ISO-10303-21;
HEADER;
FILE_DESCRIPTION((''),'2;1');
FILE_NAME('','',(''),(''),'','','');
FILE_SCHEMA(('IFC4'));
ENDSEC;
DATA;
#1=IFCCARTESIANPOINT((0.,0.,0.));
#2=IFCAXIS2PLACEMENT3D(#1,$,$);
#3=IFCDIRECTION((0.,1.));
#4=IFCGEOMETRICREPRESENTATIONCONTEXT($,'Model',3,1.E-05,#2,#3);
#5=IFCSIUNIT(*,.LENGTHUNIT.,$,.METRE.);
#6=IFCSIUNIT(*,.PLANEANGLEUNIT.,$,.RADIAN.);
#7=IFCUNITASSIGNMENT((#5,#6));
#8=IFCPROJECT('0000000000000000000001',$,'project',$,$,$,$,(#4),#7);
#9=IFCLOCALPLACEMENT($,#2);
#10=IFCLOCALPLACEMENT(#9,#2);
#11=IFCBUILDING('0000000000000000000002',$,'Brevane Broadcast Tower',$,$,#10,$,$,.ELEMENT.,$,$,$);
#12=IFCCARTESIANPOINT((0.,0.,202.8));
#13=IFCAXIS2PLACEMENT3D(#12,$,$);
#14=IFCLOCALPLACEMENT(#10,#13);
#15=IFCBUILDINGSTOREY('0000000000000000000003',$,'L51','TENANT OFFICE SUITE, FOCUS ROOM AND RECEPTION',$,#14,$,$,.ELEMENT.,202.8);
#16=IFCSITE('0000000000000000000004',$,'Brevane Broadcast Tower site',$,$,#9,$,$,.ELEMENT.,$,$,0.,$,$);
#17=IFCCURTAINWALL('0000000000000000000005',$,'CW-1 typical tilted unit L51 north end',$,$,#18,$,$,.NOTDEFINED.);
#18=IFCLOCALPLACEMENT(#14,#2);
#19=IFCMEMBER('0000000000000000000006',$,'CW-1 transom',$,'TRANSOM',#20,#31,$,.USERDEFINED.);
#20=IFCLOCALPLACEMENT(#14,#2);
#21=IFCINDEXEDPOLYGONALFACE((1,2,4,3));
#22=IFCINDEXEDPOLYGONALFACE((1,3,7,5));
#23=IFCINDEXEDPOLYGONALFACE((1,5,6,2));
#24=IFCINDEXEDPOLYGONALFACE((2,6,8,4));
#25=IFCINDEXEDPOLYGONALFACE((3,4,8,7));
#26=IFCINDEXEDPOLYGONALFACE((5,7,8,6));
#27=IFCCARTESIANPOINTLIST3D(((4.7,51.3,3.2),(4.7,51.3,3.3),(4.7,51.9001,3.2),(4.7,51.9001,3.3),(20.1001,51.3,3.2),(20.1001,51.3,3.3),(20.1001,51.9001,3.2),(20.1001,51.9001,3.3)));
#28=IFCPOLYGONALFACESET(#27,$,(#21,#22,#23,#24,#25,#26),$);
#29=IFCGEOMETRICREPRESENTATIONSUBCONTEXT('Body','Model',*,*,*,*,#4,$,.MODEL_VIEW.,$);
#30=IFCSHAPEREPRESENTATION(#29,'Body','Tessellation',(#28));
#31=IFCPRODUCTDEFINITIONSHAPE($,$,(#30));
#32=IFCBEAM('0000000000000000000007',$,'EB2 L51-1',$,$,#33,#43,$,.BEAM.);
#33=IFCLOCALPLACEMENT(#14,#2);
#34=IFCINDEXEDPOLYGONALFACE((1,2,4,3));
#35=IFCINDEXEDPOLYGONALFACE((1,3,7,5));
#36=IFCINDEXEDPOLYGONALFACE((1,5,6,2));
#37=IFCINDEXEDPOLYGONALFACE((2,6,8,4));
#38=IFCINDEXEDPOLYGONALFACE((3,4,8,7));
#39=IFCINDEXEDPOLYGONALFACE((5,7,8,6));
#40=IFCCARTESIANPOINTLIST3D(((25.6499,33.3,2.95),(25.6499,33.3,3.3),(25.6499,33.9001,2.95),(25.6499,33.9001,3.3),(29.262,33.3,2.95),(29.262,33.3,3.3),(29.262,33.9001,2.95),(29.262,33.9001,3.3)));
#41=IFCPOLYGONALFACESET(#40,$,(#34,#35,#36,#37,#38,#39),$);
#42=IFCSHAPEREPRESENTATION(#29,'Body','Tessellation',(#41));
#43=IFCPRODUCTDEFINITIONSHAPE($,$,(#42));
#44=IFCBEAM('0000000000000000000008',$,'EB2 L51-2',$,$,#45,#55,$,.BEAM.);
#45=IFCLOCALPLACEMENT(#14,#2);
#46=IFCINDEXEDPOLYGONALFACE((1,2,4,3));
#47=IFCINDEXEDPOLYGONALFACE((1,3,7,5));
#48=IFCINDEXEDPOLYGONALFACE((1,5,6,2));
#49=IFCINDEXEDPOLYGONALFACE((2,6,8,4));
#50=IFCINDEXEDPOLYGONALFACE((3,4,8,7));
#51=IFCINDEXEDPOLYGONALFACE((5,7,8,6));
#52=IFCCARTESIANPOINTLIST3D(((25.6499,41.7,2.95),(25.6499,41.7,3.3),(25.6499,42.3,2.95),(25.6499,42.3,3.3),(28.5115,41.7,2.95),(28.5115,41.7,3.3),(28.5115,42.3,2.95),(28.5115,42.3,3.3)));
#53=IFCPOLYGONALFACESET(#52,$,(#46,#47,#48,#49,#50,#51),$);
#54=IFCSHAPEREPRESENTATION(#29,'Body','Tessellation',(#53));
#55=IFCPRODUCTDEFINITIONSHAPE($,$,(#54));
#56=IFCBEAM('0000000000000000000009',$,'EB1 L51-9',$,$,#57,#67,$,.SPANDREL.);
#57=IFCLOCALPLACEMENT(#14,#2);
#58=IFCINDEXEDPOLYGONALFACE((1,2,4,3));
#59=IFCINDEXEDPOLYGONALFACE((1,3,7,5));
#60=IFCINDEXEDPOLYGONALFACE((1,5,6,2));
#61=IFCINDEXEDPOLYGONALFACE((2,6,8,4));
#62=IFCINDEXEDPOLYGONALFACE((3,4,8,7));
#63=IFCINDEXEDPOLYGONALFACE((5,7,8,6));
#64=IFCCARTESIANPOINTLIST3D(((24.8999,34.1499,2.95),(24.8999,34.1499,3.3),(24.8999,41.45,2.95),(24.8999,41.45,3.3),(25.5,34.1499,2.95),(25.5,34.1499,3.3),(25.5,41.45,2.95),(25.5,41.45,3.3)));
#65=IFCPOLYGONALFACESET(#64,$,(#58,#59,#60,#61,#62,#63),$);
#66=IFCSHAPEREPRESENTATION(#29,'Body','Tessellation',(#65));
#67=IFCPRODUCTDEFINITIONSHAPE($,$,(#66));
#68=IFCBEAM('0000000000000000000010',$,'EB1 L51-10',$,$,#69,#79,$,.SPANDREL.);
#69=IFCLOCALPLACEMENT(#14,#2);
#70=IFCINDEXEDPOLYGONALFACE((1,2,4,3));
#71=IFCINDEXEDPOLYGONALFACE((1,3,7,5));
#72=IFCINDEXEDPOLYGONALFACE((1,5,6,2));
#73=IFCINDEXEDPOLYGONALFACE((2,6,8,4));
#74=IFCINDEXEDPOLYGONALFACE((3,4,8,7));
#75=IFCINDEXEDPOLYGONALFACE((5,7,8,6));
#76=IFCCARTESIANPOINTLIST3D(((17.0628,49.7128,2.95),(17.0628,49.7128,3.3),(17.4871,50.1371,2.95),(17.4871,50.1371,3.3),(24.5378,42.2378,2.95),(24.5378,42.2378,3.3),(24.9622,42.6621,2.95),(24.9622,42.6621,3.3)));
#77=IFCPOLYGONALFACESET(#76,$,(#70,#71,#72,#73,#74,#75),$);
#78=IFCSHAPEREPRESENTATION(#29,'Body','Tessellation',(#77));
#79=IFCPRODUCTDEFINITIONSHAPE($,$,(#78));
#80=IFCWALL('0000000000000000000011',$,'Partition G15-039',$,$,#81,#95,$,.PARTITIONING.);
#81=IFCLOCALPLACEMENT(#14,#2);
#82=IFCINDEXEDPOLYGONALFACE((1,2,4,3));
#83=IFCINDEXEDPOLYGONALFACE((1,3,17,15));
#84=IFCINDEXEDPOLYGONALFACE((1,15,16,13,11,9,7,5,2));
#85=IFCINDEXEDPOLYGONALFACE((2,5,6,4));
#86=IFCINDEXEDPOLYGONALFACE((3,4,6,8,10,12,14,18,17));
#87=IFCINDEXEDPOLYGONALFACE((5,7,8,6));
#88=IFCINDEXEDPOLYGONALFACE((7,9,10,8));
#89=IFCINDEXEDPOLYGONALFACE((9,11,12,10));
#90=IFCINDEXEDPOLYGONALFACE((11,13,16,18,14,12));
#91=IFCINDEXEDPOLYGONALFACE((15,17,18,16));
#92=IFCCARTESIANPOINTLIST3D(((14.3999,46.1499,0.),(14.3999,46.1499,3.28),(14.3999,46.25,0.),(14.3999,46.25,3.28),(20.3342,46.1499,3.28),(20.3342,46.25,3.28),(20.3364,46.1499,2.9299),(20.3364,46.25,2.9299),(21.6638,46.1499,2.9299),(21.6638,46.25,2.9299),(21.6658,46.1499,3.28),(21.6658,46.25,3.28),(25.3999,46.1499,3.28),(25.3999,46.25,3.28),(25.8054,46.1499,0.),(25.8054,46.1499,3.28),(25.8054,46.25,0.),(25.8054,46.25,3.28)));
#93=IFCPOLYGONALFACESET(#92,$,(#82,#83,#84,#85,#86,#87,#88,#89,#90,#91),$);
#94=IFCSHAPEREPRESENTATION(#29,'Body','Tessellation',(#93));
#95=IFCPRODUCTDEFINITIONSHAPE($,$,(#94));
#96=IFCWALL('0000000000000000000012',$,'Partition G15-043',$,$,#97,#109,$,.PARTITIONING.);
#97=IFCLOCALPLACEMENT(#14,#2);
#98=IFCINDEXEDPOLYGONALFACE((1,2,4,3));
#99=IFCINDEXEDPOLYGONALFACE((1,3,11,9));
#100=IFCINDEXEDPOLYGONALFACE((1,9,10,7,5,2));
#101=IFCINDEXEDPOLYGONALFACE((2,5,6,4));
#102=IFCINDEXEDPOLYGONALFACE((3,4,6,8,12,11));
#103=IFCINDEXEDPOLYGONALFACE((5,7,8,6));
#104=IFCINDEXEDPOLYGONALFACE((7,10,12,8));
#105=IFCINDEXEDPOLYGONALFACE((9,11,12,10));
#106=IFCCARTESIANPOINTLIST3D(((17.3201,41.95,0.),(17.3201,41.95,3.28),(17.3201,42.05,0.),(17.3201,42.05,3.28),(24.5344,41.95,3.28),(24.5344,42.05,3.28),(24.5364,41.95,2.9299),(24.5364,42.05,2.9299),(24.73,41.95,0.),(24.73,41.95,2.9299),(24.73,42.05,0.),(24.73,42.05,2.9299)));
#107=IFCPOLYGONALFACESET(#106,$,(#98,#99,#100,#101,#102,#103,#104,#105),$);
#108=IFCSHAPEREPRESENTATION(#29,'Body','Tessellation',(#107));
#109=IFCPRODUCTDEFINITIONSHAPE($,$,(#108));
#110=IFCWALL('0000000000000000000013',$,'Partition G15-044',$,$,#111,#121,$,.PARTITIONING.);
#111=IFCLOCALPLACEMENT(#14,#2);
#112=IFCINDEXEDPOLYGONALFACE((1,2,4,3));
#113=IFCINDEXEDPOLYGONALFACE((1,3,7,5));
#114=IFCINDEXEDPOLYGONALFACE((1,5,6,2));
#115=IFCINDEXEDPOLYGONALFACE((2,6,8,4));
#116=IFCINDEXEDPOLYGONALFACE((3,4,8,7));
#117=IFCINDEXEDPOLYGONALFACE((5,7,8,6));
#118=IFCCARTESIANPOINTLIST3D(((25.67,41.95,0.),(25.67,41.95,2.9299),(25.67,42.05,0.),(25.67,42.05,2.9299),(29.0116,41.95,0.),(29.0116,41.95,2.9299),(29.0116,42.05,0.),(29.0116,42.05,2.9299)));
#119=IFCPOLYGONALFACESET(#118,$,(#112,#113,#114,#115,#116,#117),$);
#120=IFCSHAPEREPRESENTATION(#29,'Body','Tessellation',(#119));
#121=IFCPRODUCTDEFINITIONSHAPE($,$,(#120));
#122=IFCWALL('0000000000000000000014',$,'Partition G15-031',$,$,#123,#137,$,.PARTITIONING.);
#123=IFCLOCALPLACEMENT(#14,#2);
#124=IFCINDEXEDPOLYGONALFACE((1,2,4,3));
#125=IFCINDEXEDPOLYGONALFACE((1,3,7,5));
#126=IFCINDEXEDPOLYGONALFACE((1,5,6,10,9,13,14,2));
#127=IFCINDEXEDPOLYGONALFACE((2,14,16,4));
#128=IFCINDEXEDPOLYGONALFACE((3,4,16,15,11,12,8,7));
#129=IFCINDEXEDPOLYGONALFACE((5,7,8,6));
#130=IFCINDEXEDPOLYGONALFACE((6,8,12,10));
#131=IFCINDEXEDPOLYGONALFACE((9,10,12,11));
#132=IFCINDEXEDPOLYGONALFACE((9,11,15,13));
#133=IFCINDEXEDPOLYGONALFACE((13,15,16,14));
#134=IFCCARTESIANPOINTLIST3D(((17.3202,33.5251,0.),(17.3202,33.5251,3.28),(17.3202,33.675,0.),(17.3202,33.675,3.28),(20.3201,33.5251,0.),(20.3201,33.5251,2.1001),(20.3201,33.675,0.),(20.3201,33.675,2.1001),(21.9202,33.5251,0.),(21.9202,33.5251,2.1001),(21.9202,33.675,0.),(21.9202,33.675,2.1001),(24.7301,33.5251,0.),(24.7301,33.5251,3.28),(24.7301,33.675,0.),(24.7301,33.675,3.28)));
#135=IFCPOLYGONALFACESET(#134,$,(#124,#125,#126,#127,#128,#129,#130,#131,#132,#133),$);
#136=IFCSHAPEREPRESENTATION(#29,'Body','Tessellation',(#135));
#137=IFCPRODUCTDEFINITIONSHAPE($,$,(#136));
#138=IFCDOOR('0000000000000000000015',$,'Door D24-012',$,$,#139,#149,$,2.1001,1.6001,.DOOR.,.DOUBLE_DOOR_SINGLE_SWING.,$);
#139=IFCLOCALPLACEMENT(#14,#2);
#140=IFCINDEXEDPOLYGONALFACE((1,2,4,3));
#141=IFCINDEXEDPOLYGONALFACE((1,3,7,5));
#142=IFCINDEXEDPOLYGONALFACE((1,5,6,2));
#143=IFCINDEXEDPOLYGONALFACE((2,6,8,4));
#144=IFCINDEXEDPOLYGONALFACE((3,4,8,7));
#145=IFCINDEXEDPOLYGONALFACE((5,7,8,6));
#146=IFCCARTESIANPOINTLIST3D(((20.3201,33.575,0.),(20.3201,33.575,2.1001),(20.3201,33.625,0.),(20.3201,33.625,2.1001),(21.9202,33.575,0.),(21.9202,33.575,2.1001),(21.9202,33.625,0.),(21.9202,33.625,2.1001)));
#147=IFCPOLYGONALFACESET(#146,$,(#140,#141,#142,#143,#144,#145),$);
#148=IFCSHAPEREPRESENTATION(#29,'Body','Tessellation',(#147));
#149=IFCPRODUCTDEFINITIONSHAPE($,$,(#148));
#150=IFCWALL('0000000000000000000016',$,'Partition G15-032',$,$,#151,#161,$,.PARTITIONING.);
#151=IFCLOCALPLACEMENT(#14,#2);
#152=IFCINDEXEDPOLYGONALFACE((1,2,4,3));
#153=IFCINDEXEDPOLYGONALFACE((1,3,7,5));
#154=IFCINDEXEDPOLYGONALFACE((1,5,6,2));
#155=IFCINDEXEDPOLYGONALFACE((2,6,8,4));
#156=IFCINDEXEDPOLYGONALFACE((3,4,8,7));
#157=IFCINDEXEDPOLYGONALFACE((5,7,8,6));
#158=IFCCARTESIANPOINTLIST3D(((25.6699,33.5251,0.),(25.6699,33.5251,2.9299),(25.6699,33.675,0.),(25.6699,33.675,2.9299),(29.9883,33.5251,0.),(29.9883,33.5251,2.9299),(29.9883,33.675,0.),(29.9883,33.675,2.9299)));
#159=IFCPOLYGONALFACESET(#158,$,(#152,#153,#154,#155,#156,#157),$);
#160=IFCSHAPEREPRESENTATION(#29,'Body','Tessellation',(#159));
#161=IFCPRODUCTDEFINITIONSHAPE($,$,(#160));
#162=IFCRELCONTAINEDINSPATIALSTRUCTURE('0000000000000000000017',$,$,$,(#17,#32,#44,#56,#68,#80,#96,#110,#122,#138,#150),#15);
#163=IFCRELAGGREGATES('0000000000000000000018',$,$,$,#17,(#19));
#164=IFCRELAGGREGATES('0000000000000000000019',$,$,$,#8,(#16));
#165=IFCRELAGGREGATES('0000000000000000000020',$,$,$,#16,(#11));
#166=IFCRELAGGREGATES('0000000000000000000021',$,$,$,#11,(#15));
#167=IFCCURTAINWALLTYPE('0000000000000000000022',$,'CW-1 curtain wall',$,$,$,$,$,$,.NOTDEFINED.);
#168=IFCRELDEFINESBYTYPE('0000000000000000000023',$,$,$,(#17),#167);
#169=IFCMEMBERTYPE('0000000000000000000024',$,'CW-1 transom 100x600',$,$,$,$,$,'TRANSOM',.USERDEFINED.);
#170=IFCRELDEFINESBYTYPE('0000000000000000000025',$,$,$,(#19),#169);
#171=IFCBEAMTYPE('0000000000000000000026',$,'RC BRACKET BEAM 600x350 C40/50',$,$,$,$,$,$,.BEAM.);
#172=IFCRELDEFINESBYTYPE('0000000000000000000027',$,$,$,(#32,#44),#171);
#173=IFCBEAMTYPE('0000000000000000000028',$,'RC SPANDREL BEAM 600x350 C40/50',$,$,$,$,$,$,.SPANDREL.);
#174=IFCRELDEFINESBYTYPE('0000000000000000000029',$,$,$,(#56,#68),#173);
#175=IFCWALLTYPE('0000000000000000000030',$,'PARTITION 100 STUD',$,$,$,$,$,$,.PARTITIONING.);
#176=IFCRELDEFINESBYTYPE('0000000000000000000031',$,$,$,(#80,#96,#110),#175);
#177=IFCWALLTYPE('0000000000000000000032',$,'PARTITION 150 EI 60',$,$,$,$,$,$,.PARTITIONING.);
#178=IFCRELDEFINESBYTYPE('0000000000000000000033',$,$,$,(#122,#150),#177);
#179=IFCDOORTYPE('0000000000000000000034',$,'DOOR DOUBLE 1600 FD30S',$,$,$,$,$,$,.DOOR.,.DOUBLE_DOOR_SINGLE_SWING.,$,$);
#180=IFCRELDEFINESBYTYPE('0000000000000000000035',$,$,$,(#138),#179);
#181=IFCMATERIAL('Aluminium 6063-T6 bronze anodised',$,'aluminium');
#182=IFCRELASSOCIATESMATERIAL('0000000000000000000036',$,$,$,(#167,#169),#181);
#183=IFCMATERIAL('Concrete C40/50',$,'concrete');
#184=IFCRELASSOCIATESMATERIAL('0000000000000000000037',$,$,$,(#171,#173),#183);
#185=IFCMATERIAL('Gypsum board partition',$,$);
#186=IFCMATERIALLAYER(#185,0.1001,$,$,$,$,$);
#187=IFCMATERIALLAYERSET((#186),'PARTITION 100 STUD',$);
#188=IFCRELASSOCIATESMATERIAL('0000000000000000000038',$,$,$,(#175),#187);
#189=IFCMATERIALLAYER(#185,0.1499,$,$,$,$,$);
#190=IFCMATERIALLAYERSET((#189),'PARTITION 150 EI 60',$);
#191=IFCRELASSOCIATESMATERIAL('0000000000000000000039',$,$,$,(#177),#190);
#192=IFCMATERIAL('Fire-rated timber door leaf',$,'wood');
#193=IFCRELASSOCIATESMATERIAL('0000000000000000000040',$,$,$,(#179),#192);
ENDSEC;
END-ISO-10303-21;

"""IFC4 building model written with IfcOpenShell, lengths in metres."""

from ifc_helpers import new_model, si_unit, direction, frame, frame_2d, origin, origin_2d, place, context, subcontext, project, spatial, polyline, rectangle, outline, extrude, material, layer, layer_set, material_profile, profile_set, type_object, element, fill, aggregate, save


model = new_model("IFC4")

# Units and contexts
model_context = context("Model", 3, precision=1e-05, world=origin(), true_north=direction((0.0, 1.0)))
body_context = subcontext(model_context, "Body", "Model", "MODEL_VIEW")
ifc_project = project(units=[si_unit("LENGTHUNIT", "METRE"), si_unit("PLANEANGLEUNIT", "RADIAN")], contexts=[model_context])

# Site, building, storey
site_placement = place(None, origin())
site = spatial("IfcSite", under=ifc_project, at=site_placement, Name="Brevane Broadcast Tower site", CompositionType="ELEMENT", RefElevation=0.0)
building_placement = place(site_placement, origin())
building = spatial("IfcBuilding", under=site, at=building_placement, Name="Brevane Broadcast Tower", CompositionType="ELEMENT")
storey_placement = place(building_placement, frame((0.0, 0.0, 202.8)))
storey = spatial("IfcBuildingStorey", under=building, at=storey_placement, Name="L51", Description="TENANT OFFICE SUITE, FOCUS ROOM AND RECEPTION", CompositionType="ELEMENT", Elevation=202.8)

# Shared definitions
ifc_material_1 = material(Name="Aluminium 6063-T6 bronze anodised", Category="aluminium")
curtain_wall_type = type_object("IfcCurtainWallType", Name="CW-1 curtain wall", PredefinedType="NOTDEFINED", material=ifc_material_1)

# Curtain wall
curtain_wall_1_placement = place(storey_placement, origin())
curtain_wall_1 = element("IfcCurtainWall", 1, at=curtain_wall_1_placement, inside=storey, type_object=curtain_wall_type, Name="CW-1 typical tilted unit L51 north end", PredefinedType="NOTDEFINED")

# Member
ifc_material_profile_1 = material_profile(ifc_material_1, rectangle(XDim=0.6001, YDim=0.1001, at=origin_2d()), Name="RECT 100x600")
ifc_profile_set_1 = profile_set([ifc_material_profile_1], Name="Aluminium 6063-T6 bronze anodised")
member_type_1 = type_object("IfcMemberType", Name="CW-1 transom 100x600", ElementType="TRANSOM", PredefinedType="USERDEFINED", material=ifc_profile_set_1)
member_1_placement = place(storey_placement, frame((20.1001, 51.6001, 3.25), z_axis=(-1.0, 0.0, 0.0), x_axis=(0.0, -1.0, 0.0)))
member_1 = element("IfcMember", 2, at=member_1_placement, type_object=member_type_1, Name="CW-1 transom", ObjectType="TRANSOM", PredefinedType="USERDEFINED", context=body_context, shape_type="SweptSolid", body=[
    extrude(rectangle(XDim=0.6001, YDim=0.1001, at=origin_2d()), origin(), (0.0, 0.0, 1.0), 15.4001),
])
aggregate(curtain_wall_1, [member_1])

# Beams
ifc_material_2 = material(Name="Concrete C40/50", Category="concrete")
ifc_material_profile_2 = material_profile(ifc_material_2, rectangle(XDim=0.6001, YDim=0.3501, at=origin_2d()), Name="RC 600x350")
ifc_profile_set_2 = profile_set([ifc_material_profile_2], Name="Concrete C40/50")
beam_type_1 = type_object("IfcBeamType", Name="RC BRACKET BEAM 600x350 C40/50", PredefinedType="BEAM", material=ifc_profile_set_2)
beam_1_placement = place(storey_placement, frame((25.6499, 33.6001, 3.125), z_axis=(1.0, 0.0, 0.0), x_axis=(0.0, 1.0, 0.0)))
element("IfcBeam", 3, at=beam_1_placement, inside=storey, type_object=beam_type_1, Name="EB2 L51-1", PredefinedType="BEAM", context=body_context, shape_type="SweptSolid", body=[
    extrude(rectangle(XDim=0.6001, YDim=0.3501, at=origin_2d()), origin(), (0.0, 0.0, 1.0), 3.6121),
])
beam_2_placement = place(storey_placement, frame((25.6499, 42.0, 3.125), z_axis=(1.0, 0.0, 0.0), x_axis=(0.0, 1.0, 0.0)))
element("IfcBeam", 4, at=beam_2_placement, inside=storey, type_object=beam_type_1, Name="EB2 L51-2", PredefinedType="BEAM", context=body_context, shape_type="SweptSolid", body=[
    extrude(rectangle(XDim=0.6001, YDim=0.3501, at=origin_2d()), origin(), (0.0, 0.0, 1.0), 2.8616),
])
ifc_material_profile_3 = material_profile(ifc_material_2, rectangle(XDim=0.6001, YDim=0.3501, at=origin_2d()), Name="RC 600x350")
ifc_profile_set_3 = profile_set([ifc_material_profile_3], Name="Concrete C40/50")
beam_type_2 = type_object("IfcBeamType", Name="RC SPANDREL BEAM 600x350 C40/50", PredefinedType="SPANDREL", material=ifc_profile_set_3)
beam_3_placement = place(storey_placement, frame((25.2, 34.1499, 3.125), z_axis=(0.0, 1.0, 0.0), x_axis=(-1.0, 0.0, 0.0)))
element("IfcBeam", 5, at=beam_3_placement, inside=storey, type_object=beam_type_2, Name="EB1 L51-9", PredefinedType="SPANDREL", context=body_context, shape_type="SweptSolid", body=[
    extrude(rectangle(XDim=0.6001, YDim=0.3501, at=origin_2d()), origin(), (0.0, 0.0, 1.0), 7.3),
])
beam_4_placement = place(storey_placement, frame((24.75, 42.45, 3.125), z_axis=(-0.707107, 0.707107, 0.0), x_axis=(-0.707107, -0.707107, 0.0)))
element("IfcBeam", 6, at=beam_4_placement, inside=storey, type_object=beam_type_2, Name="EB1 L51-10", PredefinedType="SPANDREL", context=body_context, shape_type="SweptSolid", body=[
    extrude(rectangle(XDim=0.6001, YDim=0.3501, at=origin_2d()), origin(), (0.0, 0.0, 1.0), 10.5713),
])

# Walls
ifc_material_3 = material(Name="Gypsum board partition")
ifc_layer_1 = layer(ifc_material_3, 0.1001)
ifc_layer_set_1 = layer_set([ifc_layer_1], Name="PARTITION 100 STUD")
wall_type_1 = type_object("IfcWallType", Name="PARTITION 100 STUD", PredefinedType="PARTITIONING", material=ifc_layer_set_1)
wall_1_placement = place(storey_placement, frame((25.8054, 46.2, 0.0), z_axis=(0.0, 0.0, 1.0), x_axis=(-1.0, 0.0, 0.0)))
element("IfcWall", 7, at=wall_1_placement, inside=storey, type_object=wall_type_1, Name="Partition G15-039", PredefinedType="PARTITIONING", context=body_context, shape_type="SweptSolid", body=[
    extrude(outline(polyline([(0.0, 0.0), (11.4055, 0.0), (11.4055, 3.28), (5.4712, 3.28), (5.469, 2.9299), (4.1416, 2.9299), (4.1396, 3.28), (0.4055, 3.28), (0.0, 3.28), (0.0, 0.0)])), frame((0.0, 0.05, 0.0), z_axis=(0.0, -1.0, 0.0), x_axis=(1.0, 0.0, 0.0)), (0.0, 0.0, 1.0), 0.1001),
])
wall_2_placement = place(storey_placement, frame((17.3201, 42.0, 0.0), z_axis=(0.0, 0.0, 1.0), x_axis=(1.0, 0.0, 0.0)))
element("IfcWall", 8, at=wall_2_placement, inside=storey, type_object=wall_type_1, Name="Partition G15-043", PredefinedType="PARTITIONING", context=body_context, shape_type="SweptSolid", body=[
    extrude(outline(polyline([(0.0, 0.0), (7.4099, 0.0), (7.4099, 2.9299), (7.2163, 2.9299), (7.2144, 3.28), (0.0, 3.28), (0.0, 0.0)])), frame((0.0, 0.05, 0.0), z_axis=(0.0, -1.0, 0.0), x_axis=(1.0, 0.0, 0.0)), (0.0, 0.0, 1.0), 0.1001),
])
wall_3_placement = place(storey_placement, frame((25.6699, 42.0, 0.0), z_axis=(0.0, 0.0, 1.0), x_axis=(1.0, 0.0, 0.0)))
element("IfcWall", 9, at=wall_3_placement, inside=storey, type_object=wall_type_1, Name="Partition G15-044", PredefinedType="PARTITIONING", context=body_context, shape_type="SweptSolid", body=[
    extrude(rectangle(XDim=3.3416, YDim=0.1001, at=frame_2d((1.6709, 0.0))), origin(), (0.0, 0.0, 1.0), 2.9299),
])

# Wall, opening, door
ifc_layer_2 = layer(ifc_material_3, 0.1499)
ifc_layer_set_2 = layer_set([ifc_layer_2], Name="PARTITION 150 EI 60")
wall_type_2 = type_object("IfcWallType", Name="PARTITION 150 EI 60", PredefinedType="PARTITIONING", material=ifc_layer_set_2)
wall_4_placement = place(storey_placement, frame((17.3201, 33.6001, 0.0), z_axis=(0.0, 0.0, 1.0), x_axis=(1.0, 0.0, 0.0)))
wall_4 = element("IfcWall", 10, at=wall_4_placement, inside=storey, type_object=wall_type_2, Name="Partition G15-031", PredefinedType="PARTITIONING", context=body_context, shape_type="SweptSolid", body=[
    extrude(rectangle(XDim=7.4099, YDim=0.1499, at=frame_2d((3.7051, 0.0))), origin(), (0.0, 0.0, 1.0), 3.28),
])
opening_placement = place(wall_4_placement, frame((3.0, 0.0, 0.0)))
opening = element("IfcOpeningElement", 11, at=opening_placement, cuts=wall_4, PredefinedType="OPENING", context=body_context, shape_type="SweptSolid", body=[
    extrude(rectangle(XDim=1.6001, YDim=2.1001, at=frame_2d((0.8, 1.05))), frame((0.0, 0.085, 0.0), z_axis=(0.0, -1.0, 0.0), x_axis=(1.0, 0.0, 0.0)), (0.0, 0.0, 1.0), 0.1699),
])
ifc_material_4 = material(Name="Fire-rated timber door leaf", Category="wood")
door_type = type_object("IfcDoorType", Name="DOOR DOUBLE 1600 FD30S", OperationType="DOUBLE_DOOR_SINGLE_SWING", PredefinedType="DOOR", material=ifc_material_4)
door_placement = place(opening_placement, origin())
door = element("IfcDoor", 12, at=door_placement, inside=storey, type_object=door_type, Name="Door D24-012", OperationType="DOUBLE_DOOR_SINGLE_SWING", OverallHeight=2.1001, OverallWidth=1.6001, PredefinedType="DOOR", context=body_context, shape_type="SweptSolid", body=[
    extrude(rectangle(XDim=1.6001, YDim=2.1001, at=frame_2d((0.8, 1.05))), frame((0.0, 0.0249, 0.0), z_axis=(0.0, -1.0, 0.0), x_axis=(1.0, 0.0, 0.0)), (0.0, 0.0, 1.0), 0.05),
])
fill(opening, door)

# Wall
wall_5_placement = place(storey_placement, frame((25.6699, 33.6001, 0.0), z_axis=(0.0, 0.0, 1.0), x_axis=(1.0, 0.0, 0.0)))
element("IfcWall", 13, at=wall_5_placement, inside=storey, type_object=wall_type_2, Name="Partition G15-032", PredefinedType="PARTITIONING", context=body_context, shape_type="SweptSolid", body=[
    extrude(rectangle(XDim=4.3184, YDim=0.1499, at=frame_2d((2.1592, 0.0))), origin(), (0.0, 0.0, 1.0), 2.9299),
])

save(model, "model.ifc")
